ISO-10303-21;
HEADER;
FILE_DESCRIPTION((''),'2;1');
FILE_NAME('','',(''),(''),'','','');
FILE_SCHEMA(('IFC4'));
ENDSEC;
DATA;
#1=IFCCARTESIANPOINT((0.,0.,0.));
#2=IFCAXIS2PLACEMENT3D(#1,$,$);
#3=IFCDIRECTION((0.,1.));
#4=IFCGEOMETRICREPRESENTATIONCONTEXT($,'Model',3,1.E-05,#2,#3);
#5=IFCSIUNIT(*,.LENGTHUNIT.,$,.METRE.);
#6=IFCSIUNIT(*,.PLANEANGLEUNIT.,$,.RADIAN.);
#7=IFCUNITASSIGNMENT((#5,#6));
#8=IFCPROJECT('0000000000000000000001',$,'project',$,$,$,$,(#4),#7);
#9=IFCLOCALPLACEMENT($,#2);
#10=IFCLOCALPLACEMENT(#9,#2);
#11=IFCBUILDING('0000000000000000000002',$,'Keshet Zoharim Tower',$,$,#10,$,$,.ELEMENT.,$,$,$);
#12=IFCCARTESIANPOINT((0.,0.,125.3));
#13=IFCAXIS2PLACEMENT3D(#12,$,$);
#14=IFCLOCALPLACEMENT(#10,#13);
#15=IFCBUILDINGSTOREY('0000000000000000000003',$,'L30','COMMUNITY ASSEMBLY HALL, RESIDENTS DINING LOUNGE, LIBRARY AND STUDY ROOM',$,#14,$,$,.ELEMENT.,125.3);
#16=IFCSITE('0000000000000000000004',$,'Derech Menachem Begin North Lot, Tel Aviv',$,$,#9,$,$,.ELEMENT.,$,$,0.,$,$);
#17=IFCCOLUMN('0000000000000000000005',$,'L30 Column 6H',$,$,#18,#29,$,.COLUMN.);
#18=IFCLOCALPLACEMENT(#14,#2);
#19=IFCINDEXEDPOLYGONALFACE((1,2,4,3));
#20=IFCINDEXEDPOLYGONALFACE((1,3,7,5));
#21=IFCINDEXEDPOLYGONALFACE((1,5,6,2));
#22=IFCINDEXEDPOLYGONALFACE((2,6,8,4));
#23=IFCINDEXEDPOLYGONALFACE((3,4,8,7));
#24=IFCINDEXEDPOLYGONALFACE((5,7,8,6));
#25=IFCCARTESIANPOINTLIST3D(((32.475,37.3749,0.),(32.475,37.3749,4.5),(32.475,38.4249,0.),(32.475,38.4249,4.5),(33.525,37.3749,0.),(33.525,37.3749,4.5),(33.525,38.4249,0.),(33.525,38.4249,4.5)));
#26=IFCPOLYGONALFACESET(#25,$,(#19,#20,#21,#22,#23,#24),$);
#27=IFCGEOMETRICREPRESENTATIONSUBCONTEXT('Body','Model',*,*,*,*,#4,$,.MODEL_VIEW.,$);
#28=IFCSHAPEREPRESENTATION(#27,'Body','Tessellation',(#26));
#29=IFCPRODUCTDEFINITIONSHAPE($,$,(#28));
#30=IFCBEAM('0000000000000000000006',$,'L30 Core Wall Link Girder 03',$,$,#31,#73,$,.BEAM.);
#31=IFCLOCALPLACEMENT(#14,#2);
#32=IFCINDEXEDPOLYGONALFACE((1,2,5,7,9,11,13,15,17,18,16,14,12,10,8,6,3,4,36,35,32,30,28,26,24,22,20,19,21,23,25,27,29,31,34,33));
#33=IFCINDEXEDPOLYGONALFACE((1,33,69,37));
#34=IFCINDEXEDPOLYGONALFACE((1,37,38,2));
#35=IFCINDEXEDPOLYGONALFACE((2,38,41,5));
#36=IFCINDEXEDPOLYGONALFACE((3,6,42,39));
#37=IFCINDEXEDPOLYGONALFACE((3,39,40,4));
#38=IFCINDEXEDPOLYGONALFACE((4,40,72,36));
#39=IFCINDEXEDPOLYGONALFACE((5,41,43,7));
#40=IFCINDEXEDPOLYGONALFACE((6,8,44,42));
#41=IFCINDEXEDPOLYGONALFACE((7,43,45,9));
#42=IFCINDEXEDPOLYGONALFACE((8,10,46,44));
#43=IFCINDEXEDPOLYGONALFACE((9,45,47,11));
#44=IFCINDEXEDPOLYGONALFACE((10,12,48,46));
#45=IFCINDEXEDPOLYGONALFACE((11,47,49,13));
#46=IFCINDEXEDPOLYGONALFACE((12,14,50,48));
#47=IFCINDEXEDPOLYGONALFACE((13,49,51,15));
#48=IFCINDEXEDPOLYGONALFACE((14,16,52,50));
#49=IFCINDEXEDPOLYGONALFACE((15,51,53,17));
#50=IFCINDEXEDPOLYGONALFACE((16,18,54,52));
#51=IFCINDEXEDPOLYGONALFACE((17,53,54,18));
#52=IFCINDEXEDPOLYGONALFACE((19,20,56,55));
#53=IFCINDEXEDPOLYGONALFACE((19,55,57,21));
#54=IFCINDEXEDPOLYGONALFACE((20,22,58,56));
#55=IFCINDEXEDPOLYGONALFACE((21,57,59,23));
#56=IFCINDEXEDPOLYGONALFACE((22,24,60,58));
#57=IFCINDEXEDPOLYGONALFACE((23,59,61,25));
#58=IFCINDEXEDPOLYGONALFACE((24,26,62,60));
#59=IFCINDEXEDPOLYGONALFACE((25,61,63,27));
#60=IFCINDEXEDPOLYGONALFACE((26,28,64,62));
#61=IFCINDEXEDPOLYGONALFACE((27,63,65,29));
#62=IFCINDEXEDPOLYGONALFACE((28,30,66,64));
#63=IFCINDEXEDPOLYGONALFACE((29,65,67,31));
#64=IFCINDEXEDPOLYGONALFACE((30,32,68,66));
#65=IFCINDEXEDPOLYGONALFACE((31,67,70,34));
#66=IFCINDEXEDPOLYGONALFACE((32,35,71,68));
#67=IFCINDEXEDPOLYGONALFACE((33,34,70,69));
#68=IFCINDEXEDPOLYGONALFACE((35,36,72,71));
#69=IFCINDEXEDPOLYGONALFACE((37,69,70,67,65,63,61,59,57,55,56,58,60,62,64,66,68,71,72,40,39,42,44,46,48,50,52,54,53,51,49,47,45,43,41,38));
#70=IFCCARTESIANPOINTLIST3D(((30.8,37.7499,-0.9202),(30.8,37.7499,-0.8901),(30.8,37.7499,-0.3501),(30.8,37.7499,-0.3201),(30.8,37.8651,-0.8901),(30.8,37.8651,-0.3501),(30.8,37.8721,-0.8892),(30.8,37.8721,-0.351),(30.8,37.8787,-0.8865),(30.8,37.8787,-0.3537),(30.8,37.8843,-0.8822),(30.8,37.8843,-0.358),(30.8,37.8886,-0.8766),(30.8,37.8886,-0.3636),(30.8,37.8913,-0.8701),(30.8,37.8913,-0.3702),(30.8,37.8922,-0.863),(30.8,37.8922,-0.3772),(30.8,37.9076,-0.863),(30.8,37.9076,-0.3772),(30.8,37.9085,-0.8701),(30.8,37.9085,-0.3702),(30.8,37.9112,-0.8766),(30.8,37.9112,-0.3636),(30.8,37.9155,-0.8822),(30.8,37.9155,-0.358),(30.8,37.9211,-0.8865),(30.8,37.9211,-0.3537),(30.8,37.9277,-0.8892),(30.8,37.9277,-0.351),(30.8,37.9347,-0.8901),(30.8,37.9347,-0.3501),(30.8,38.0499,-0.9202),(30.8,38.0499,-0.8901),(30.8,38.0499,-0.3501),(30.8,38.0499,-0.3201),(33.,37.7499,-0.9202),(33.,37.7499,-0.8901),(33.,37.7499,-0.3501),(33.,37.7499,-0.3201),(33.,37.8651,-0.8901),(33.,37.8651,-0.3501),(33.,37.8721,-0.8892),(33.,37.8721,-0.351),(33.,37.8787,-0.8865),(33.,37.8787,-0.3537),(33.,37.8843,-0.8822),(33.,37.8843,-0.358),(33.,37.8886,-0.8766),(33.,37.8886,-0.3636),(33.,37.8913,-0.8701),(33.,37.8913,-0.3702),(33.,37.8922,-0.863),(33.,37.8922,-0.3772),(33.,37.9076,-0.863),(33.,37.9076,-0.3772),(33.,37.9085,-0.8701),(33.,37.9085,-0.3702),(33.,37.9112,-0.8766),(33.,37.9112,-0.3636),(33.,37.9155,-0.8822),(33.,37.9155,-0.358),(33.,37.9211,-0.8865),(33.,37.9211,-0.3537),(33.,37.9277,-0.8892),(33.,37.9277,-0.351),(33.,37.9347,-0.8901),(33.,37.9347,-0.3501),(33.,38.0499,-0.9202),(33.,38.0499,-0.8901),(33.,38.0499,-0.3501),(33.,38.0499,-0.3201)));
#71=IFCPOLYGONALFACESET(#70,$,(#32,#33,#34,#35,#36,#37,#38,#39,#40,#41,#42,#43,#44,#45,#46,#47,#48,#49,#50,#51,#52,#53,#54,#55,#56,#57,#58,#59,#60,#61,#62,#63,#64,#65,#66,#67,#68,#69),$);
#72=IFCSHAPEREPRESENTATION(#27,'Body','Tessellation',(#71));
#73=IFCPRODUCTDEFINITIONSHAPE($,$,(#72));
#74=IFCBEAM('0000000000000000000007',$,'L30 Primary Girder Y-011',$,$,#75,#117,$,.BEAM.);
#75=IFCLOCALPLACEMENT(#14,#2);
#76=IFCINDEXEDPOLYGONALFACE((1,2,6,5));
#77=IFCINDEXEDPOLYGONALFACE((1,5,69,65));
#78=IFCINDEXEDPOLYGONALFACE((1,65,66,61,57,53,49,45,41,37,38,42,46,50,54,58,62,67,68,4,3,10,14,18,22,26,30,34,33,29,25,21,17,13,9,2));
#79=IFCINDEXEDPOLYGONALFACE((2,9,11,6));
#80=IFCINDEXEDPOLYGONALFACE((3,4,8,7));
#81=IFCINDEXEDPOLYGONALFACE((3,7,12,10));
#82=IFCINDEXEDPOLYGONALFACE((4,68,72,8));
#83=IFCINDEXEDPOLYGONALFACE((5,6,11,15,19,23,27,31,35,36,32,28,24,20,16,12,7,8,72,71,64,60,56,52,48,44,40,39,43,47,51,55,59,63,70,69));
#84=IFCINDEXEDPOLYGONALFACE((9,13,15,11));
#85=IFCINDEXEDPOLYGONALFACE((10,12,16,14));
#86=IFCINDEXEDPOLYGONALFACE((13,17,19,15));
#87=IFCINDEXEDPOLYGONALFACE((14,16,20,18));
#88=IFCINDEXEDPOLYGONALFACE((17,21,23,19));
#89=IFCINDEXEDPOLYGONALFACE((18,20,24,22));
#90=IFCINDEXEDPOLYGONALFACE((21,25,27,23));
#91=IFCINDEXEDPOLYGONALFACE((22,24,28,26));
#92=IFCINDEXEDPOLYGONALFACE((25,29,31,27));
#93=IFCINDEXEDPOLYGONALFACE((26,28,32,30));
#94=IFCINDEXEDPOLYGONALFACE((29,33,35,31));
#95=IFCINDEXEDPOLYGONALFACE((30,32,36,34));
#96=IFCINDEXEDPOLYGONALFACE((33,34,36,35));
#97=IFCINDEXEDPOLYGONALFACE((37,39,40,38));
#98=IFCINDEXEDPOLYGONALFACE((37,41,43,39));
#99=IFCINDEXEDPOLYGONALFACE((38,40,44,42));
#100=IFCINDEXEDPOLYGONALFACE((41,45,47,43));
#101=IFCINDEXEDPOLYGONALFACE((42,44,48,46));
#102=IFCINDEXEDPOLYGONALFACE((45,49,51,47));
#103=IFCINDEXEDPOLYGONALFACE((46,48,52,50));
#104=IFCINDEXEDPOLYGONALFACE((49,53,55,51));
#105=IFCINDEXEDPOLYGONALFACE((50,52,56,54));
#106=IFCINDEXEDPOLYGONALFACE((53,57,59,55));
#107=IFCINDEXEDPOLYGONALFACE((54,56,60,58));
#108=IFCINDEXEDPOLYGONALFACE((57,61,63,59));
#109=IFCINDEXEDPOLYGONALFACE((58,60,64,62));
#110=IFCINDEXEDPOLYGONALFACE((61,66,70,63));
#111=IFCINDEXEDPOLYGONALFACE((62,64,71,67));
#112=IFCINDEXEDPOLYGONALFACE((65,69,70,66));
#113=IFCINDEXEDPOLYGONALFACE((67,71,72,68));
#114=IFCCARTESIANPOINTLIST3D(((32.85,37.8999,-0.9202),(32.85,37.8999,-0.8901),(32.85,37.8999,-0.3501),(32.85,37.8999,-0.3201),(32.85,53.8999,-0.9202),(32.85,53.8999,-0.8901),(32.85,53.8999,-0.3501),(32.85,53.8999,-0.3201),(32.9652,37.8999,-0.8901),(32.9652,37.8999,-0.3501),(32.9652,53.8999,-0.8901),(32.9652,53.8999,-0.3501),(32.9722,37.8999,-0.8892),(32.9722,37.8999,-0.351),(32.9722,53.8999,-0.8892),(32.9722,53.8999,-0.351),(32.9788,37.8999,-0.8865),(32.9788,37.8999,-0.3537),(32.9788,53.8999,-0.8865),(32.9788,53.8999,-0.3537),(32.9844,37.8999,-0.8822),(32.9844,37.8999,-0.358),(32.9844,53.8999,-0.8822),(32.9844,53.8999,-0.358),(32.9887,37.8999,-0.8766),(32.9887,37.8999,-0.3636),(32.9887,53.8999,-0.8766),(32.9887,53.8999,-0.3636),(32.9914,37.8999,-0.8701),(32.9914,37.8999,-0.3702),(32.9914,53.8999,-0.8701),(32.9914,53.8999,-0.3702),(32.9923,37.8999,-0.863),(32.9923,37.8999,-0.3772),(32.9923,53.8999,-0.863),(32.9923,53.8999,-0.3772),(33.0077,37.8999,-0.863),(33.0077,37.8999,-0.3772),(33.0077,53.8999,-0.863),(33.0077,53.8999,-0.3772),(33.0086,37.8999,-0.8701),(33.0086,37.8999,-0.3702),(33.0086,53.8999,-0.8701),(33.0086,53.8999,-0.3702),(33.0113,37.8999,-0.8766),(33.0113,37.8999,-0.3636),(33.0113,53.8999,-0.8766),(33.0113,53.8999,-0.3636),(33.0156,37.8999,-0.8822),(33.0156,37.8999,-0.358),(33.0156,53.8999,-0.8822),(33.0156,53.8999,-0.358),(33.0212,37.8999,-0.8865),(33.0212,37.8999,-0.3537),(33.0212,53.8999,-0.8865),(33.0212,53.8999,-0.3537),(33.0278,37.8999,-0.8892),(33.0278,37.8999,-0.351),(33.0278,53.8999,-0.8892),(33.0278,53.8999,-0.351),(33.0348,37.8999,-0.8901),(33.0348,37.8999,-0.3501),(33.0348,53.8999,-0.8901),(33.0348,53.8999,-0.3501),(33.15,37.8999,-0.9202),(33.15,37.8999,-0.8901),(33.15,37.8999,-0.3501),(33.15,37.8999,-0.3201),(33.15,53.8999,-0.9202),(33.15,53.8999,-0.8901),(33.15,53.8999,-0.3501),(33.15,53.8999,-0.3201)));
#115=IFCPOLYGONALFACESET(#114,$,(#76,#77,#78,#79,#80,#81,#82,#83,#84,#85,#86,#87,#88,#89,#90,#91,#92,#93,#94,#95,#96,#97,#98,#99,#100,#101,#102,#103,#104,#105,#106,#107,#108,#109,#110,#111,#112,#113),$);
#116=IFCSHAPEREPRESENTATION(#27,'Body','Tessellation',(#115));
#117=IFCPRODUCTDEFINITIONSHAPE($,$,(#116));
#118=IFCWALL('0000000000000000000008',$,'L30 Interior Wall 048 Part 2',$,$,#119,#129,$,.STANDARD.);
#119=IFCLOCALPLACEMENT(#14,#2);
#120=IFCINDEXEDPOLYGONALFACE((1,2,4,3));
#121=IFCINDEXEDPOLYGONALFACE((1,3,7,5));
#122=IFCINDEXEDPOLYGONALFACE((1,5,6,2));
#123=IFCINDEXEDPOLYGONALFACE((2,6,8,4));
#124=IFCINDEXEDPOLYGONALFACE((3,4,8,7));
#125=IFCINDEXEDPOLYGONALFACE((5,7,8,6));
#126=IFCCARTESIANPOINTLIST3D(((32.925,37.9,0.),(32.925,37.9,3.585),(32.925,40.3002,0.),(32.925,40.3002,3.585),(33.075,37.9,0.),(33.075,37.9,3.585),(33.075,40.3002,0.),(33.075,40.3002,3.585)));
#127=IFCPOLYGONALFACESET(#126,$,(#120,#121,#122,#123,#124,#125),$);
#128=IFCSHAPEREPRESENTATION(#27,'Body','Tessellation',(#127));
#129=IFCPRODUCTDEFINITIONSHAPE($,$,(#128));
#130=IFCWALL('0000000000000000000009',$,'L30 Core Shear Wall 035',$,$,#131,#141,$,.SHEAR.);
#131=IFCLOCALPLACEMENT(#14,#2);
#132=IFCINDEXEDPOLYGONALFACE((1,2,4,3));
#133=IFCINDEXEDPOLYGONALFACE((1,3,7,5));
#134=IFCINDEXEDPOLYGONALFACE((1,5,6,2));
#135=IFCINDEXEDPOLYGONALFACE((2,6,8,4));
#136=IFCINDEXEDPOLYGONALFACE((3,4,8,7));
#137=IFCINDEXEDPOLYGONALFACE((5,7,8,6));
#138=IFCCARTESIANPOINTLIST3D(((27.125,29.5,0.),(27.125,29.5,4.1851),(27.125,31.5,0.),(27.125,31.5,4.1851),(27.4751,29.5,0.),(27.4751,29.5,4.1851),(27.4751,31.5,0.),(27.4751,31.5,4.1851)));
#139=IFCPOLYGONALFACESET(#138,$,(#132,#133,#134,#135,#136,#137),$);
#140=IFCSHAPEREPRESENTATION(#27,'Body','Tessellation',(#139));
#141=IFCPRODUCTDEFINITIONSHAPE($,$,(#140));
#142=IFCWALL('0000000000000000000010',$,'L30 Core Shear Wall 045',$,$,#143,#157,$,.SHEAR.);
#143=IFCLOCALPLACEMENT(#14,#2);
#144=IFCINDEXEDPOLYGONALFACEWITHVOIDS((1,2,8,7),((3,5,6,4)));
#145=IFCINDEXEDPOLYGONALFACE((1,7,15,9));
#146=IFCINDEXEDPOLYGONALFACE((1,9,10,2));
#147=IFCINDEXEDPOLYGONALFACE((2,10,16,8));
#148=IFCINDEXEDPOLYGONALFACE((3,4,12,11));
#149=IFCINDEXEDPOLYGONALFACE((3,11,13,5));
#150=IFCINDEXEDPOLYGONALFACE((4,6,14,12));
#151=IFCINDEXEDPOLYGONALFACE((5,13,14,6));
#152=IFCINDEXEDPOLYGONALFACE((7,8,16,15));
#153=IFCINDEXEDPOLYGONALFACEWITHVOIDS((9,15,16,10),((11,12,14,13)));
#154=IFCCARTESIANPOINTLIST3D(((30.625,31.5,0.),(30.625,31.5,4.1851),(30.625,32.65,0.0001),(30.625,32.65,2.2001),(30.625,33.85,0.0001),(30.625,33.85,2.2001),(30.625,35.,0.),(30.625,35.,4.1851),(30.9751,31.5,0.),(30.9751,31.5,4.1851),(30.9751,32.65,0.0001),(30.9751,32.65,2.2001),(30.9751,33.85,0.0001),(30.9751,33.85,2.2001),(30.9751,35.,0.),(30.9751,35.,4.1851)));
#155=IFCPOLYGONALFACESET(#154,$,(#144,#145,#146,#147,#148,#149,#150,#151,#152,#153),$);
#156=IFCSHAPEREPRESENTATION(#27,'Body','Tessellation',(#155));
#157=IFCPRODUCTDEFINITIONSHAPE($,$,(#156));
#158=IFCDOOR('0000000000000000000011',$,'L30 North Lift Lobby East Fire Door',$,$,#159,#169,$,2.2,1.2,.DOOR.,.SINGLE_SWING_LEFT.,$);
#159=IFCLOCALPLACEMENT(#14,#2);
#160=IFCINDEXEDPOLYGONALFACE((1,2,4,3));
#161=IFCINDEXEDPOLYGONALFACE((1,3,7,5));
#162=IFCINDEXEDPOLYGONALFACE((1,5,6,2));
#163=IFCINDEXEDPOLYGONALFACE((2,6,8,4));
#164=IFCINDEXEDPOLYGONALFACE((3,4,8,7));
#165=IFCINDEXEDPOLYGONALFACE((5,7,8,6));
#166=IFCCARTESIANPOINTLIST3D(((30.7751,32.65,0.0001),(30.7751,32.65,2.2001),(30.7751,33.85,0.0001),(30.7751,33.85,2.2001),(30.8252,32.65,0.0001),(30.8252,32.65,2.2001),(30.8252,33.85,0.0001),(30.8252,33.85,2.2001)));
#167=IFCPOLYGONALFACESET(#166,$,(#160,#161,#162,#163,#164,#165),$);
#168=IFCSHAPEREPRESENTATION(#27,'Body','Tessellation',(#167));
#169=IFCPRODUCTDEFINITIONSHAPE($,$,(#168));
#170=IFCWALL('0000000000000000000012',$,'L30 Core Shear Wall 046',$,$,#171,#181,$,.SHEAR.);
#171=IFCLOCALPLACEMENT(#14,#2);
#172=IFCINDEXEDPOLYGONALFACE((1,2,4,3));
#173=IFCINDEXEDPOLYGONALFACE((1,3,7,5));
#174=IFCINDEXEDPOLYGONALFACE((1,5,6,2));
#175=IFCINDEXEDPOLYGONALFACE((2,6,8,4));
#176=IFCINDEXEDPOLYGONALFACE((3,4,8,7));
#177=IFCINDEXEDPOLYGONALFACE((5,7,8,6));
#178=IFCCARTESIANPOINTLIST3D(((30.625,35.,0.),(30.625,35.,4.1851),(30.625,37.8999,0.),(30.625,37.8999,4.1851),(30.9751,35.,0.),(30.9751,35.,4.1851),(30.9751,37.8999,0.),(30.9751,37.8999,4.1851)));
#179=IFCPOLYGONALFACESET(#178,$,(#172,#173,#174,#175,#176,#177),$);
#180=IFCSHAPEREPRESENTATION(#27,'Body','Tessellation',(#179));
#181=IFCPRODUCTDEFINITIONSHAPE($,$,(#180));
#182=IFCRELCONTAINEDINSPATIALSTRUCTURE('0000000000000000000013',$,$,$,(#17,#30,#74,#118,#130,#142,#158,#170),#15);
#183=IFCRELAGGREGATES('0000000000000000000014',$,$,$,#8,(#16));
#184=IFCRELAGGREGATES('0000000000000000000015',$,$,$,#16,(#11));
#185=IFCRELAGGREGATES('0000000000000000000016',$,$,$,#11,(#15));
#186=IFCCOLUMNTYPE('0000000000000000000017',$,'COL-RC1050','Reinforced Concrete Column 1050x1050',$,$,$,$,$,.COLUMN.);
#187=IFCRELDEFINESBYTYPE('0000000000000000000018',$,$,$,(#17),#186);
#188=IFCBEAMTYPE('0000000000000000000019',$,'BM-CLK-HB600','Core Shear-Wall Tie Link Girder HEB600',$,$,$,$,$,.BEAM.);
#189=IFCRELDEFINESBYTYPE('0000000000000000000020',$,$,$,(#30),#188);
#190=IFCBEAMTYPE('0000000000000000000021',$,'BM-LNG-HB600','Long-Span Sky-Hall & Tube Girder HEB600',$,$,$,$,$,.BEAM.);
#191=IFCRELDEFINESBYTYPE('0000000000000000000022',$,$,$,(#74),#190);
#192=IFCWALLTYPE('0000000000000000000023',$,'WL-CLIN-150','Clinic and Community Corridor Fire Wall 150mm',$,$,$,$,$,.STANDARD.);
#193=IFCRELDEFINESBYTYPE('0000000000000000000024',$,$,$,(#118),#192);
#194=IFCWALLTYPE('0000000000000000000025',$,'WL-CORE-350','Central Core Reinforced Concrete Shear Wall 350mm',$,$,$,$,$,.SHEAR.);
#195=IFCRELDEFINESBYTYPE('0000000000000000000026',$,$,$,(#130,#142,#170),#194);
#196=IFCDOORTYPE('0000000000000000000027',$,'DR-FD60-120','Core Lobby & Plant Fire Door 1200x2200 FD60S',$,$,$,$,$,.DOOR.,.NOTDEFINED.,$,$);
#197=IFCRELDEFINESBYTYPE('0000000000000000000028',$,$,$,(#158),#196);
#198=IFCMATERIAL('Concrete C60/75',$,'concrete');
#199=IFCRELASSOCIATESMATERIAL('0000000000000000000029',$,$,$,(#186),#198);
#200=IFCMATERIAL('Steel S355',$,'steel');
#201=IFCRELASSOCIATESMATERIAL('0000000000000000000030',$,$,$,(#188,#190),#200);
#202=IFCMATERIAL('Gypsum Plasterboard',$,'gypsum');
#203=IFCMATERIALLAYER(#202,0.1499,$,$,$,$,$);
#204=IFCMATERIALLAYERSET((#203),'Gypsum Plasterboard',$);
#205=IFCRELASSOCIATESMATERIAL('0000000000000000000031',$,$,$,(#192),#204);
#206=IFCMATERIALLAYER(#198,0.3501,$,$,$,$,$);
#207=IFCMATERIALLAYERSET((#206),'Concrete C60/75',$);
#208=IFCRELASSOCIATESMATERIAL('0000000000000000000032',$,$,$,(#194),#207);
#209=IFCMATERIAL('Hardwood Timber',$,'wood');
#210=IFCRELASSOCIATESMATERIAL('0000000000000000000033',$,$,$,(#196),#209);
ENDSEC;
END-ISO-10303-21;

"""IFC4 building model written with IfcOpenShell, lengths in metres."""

from ifc_helpers import new_model, si_unit, direction, frame, frame_2d, origin, origin_2d, place, context, subcontext, project, spatial, rectangle, i_section, extrude, material, layer, layer_set, material_profile, profile_set, type_object, element, fill, save


model = new_model("IFC4")

# Units and contexts
model_context = context("Model", 3, precision=1e-05, world=origin(), true_north=direction((0.0, 1.0)))
body_context = subcontext(model_context, "Body", "Model", "MODEL_VIEW")
ifc_project = project(units=[si_unit("LENGTHUNIT", "METRE"), si_unit("PLANEANGLEUNIT", "RADIAN")], contexts=[model_context])

# Site, building, storey
site_placement = place(None, origin())
site = spatial("IfcSite", under=ifc_project, at=site_placement, Name="Derech Menachem Begin North Lot, Tel Aviv", CompositionType="ELEMENT", RefElevation=0.0)
building_placement = place(site_placement, origin())
building = spatial("IfcBuilding", under=site, at=building_placement, Name="Keshet Zoharim Tower", CompositionType="ELEMENT")
storey_placement = place(building_placement, frame((0.0, 0.0, 125.3)))
storey = spatial("IfcBuildingStorey", under=building, at=storey_placement, Name="L30", Description="COMMUNITY ASSEMBLY HALL, RESIDENTS DINING LOUNGE, LIBRARY AND STUDY ROOM", CompositionType="ELEMENT", Elevation=125.3)

# Column
ifc_material_1 = material(Name="Concrete C60/75", Category="concrete")
ifc_material_profile_1 = material_profile(ifc_material_1, rectangle(XDim=1.05, YDim=1.05, at=origin_2d()), Name="RC1050x1050")
ifc_profile_set_1 = profile_set([ifc_material_profile_1], Name="Concrete C60/75")
column_type = type_object("IfcColumnType", Name="COL-RC1050", Description="Reinforced Concrete Column 1050x1050", PredefinedType="COLUMN", material=ifc_profile_set_1)
column_placement = place(storey_placement, frame((33.0, 37.8999, 0.0), z_axis=(0.0, 0.0, 1.0), x_axis=(1.0, 0.0, 0.0)))
element("IfcColumn", 1, at=column_placement, inside=storey, type_object=column_type, Name="L30 Column 6H", PredefinedType="COLUMN", context=body_context, shape_type="SweptSolid", body=[
    extrude(rectangle(XDim=1.05, YDim=1.05, at=origin_2d()), origin(), (0.0, 0.0, 1.0), 4.5),
])

# Beams
ifc_material_2 = material(Name="Steel S355", Category="steel")
ifc_material_profile_2 = material_profile(ifc_material_2, i_section(OverallWidth=0.3, OverallDepth=0.6001, WebThickness=0.0154, FlangeThickness=0.03, FilletRadius=0.0271, at=origin_2d()), Name="HEB600")
ifc_profile_set_2 = profile_set([ifc_material_profile_2], Name="Steel S355")
beam_type_1 = type_object("IfcBeamType", Name="BM-CLK-HB600", Description="Core Shear-Wall Tie Link Girder HEB600", PredefinedType="BEAM", material=ifc_profile_set_2)
beam_1_placement = place(storey_placement, frame((30.8, 37.8999, -0.6201), z_axis=(1.0, 0.0, 0.0), x_axis=(0.0, 1.0, 0.0)))
element("IfcBeam", 2, at=beam_1_placement, inside=storey, type_object=beam_type_1, Name="L30 Core Wall Link Girder 03", PredefinedType="BEAM", context=body_context, shape_type="SweptSolid", body=[
    extrude(i_section(OverallWidth=0.3, OverallDepth=0.6001, WebThickness=0.0154, FlangeThickness=0.03, FilletRadius=0.0271, at=origin_2d()), origin(), (0.0, 0.0, 1.0), 2.2),
])
ifc_material_profile_3 = material_profile(ifc_material_2, i_section(OverallWidth=0.3, OverallDepth=0.6001, WebThickness=0.0154, FlangeThickness=0.03, FilletRadius=0.0271, at=origin_2d()), Name="HEB600")
ifc_profile_set_3 = profile_set([ifc_material_profile_3], Name="Steel S355")
beam_type_2 = type_object("IfcBeamType", Name="BM-LNG-HB600", Description="Long-Span Sky-Hall & Tube Girder HEB600", PredefinedType="BEAM", material=ifc_profile_set_3)
beam_2_placement = place(storey_placement, frame((33.0, 37.8999, -0.6201), z_axis=(0.0, 1.0, 0.0), x_axis=(-1.0, 0.0, 0.0)))
element("IfcBeam", 3, at=beam_2_placement, inside=storey, type_object=beam_type_2, Name="L30 Primary Girder Y-011", PredefinedType="BEAM", context=body_context, shape_type="SweptSolid", body=[
    extrude(i_section(OverallWidth=0.3, OverallDepth=0.6001, WebThickness=0.0154, FlangeThickness=0.03, FilletRadius=0.0271, at=origin_2d()), origin(), (0.0, 0.0, 1.0), 16.0),
])

# Walls
ifc_material_3 = material(Name="Gypsum Plasterboard", Category="gypsum")
ifc_layer_1 = layer(ifc_material_3, 0.1499)
ifc_layer_set_1 = layer_set([ifc_layer_1], Name="Gypsum Plasterboard")
wall_type_1 = type_object("IfcWallType", Name="WL-CLIN-150", Description="Clinic and Community Corridor Fire Wall 150mm", PredefinedType="STANDARD", material=ifc_layer_set_1)
wall_1_placement = place(storey_placement, frame((33.0, 37.8999, 0.0), z_axis=(0.0, 0.0, 1.0), x_axis=(0.0, 1.0, 0.0)))
element("IfcWall", 4, at=wall_1_placement, inside=storey, type_object=wall_type_1, Name="L30 Interior Wall 048 Part 2", PredefinedType="STANDARD", context=body_context, shape_type="SweptSolid", body=[
    extrude(rectangle(XDim=2.4001, YDim=0.1499, at=frame_2d((1.2002, 0.0))), origin(), (0.0, 0.0, 1.0), 3.585),
])
ifc_layer_2 = layer(ifc_material_1, 0.3501)
ifc_layer_set_2 = layer_set([ifc_layer_2], Name="Concrete C60/75")
wall_type_2 = type_object("IfcWallType", Name="WL-CORE-350", Description="Central Core Reinforced Concrete Shear Wall 350mm", PredefinedType="SHEAR", material=ifc_layer_set_2)
wall_2_placement = place(storey_placement, frame((27.3, 29.5, 0.0), z_axis=(0.0, 0.0, 1.0), x_axis=(0.0, 1.0, 0.0)))
element("IfcWall", 5, at=wall_2_placement, inside=storey, type_object=wall_type_2, Name="L30 Core Shear Wall 035", PredefinedType="SHEAR", context=body_context, shape_type="SweptSolid", body=[
    extrude(rectangle(XDim=2.0, YDim=0.3501, at=frame_2d((1.0, 0.0))), origin(), (0.0, 0.0, 1.0), 4.1851),
])

# Wall, opening, door
wall_3_placement = place(storey_placement, frame((30.8, 31.5, 0.0), z_axis=(0.0, 0.0, 1.0), x_axis=(0.0, 1.0, 0.0)))
wall_3 = element("IfcWall", 6, at=wall_3_placement, inside=storey, type_object=wall_type_2, Name="L30 Core Shear Wall 045", PredefinedType="SHEAR", context=body_context, shape_type="SweptSolid", body=[
    extrude(rectangle(XDim=3.5, YDim=0.3501, at=frame_2d((1.75, 0.0))), origin(), (0.0, 0.0, 1.0), 4.1851),
])
opening_1_placement = place(wall_3_placement, frame((1.1499, 0.0, 0.0)))
opening_1 = element("IfcOpeningElement", 7, at=opening_1_placement, cuts=wall_3, PredefinedType="OPENING", context=body_context, shape_type="SweptSolid", body=[
    extrude(rectangle(XDim=1.2, YDim=2.2, at=frame_2d((0.6001, 1.1001))), frame((0.0, 0.1851, 0.0), z_axis=(0.0, -1.0, 0.0), x_axis=(1.0, 0.0, 0.0)), (0.0, 0.0, 1.0), 0.3701),
])
ifc_material_4 = material(Name="Hardwood Timber", Category="wood")
door_type_1 = type_object("IfcDoorType", Name="DR-FD60-120", Description="Core Lobby & Plant Fire Door 1200x2200 FD60S", OperationType="NOTDEFINED", PredefinedType="DOOR", material=ifc_material_4)
door_1_placement = place(opening_1_placement, origin())
door_1 = element("IfcDoor", 8, at=door_1_placement, inside=storey, type_object=door_type_1, Name="L30 North Lift Lobby East Fire Door", OperationType="SINGLE_SWING_LEFT", OverallHeight=2.2, OverallWidth=1.2, PredefinedType="DOOR", context=body_context, shape_type="SweptSolid", body=[
    extrude(rectangle(XDim=1.2, YDim=2.2, at=frame_2d((0.6001, 1.1001))), frame((0.0, 0.0249, 0.0), z_axis=(0.0, -1.0, 0.0), x_axis=(1.0, 0.0, 0.0)), (0.0, 0.0, 1.0), 0.05),
])
fill(opening_1, door_1)

# Wall
wall_4_placement = place(storey_placement, frame((30.8, 35.0, 0.0), z_axis=(0.0, 0.0, 1.0), x_axis=(0.0, 1.0, 0.0)))
element("IfcWall", 9, at=wall_4_placement, inside=storey, type_object=wall_type_2, Name="L30 Core Shear Wall 046", PredefinedType="SHEAR", context=body_context, shape_type="SweptSolid", body=[
    extrude(rectangle(XDim=2.8999, YDim=0.3501, at=frame_2d((1.45, 0.0))), origin(), (0.0, 0.0, 1.0), 4.1851),
])

save(model, "model.ifc")
